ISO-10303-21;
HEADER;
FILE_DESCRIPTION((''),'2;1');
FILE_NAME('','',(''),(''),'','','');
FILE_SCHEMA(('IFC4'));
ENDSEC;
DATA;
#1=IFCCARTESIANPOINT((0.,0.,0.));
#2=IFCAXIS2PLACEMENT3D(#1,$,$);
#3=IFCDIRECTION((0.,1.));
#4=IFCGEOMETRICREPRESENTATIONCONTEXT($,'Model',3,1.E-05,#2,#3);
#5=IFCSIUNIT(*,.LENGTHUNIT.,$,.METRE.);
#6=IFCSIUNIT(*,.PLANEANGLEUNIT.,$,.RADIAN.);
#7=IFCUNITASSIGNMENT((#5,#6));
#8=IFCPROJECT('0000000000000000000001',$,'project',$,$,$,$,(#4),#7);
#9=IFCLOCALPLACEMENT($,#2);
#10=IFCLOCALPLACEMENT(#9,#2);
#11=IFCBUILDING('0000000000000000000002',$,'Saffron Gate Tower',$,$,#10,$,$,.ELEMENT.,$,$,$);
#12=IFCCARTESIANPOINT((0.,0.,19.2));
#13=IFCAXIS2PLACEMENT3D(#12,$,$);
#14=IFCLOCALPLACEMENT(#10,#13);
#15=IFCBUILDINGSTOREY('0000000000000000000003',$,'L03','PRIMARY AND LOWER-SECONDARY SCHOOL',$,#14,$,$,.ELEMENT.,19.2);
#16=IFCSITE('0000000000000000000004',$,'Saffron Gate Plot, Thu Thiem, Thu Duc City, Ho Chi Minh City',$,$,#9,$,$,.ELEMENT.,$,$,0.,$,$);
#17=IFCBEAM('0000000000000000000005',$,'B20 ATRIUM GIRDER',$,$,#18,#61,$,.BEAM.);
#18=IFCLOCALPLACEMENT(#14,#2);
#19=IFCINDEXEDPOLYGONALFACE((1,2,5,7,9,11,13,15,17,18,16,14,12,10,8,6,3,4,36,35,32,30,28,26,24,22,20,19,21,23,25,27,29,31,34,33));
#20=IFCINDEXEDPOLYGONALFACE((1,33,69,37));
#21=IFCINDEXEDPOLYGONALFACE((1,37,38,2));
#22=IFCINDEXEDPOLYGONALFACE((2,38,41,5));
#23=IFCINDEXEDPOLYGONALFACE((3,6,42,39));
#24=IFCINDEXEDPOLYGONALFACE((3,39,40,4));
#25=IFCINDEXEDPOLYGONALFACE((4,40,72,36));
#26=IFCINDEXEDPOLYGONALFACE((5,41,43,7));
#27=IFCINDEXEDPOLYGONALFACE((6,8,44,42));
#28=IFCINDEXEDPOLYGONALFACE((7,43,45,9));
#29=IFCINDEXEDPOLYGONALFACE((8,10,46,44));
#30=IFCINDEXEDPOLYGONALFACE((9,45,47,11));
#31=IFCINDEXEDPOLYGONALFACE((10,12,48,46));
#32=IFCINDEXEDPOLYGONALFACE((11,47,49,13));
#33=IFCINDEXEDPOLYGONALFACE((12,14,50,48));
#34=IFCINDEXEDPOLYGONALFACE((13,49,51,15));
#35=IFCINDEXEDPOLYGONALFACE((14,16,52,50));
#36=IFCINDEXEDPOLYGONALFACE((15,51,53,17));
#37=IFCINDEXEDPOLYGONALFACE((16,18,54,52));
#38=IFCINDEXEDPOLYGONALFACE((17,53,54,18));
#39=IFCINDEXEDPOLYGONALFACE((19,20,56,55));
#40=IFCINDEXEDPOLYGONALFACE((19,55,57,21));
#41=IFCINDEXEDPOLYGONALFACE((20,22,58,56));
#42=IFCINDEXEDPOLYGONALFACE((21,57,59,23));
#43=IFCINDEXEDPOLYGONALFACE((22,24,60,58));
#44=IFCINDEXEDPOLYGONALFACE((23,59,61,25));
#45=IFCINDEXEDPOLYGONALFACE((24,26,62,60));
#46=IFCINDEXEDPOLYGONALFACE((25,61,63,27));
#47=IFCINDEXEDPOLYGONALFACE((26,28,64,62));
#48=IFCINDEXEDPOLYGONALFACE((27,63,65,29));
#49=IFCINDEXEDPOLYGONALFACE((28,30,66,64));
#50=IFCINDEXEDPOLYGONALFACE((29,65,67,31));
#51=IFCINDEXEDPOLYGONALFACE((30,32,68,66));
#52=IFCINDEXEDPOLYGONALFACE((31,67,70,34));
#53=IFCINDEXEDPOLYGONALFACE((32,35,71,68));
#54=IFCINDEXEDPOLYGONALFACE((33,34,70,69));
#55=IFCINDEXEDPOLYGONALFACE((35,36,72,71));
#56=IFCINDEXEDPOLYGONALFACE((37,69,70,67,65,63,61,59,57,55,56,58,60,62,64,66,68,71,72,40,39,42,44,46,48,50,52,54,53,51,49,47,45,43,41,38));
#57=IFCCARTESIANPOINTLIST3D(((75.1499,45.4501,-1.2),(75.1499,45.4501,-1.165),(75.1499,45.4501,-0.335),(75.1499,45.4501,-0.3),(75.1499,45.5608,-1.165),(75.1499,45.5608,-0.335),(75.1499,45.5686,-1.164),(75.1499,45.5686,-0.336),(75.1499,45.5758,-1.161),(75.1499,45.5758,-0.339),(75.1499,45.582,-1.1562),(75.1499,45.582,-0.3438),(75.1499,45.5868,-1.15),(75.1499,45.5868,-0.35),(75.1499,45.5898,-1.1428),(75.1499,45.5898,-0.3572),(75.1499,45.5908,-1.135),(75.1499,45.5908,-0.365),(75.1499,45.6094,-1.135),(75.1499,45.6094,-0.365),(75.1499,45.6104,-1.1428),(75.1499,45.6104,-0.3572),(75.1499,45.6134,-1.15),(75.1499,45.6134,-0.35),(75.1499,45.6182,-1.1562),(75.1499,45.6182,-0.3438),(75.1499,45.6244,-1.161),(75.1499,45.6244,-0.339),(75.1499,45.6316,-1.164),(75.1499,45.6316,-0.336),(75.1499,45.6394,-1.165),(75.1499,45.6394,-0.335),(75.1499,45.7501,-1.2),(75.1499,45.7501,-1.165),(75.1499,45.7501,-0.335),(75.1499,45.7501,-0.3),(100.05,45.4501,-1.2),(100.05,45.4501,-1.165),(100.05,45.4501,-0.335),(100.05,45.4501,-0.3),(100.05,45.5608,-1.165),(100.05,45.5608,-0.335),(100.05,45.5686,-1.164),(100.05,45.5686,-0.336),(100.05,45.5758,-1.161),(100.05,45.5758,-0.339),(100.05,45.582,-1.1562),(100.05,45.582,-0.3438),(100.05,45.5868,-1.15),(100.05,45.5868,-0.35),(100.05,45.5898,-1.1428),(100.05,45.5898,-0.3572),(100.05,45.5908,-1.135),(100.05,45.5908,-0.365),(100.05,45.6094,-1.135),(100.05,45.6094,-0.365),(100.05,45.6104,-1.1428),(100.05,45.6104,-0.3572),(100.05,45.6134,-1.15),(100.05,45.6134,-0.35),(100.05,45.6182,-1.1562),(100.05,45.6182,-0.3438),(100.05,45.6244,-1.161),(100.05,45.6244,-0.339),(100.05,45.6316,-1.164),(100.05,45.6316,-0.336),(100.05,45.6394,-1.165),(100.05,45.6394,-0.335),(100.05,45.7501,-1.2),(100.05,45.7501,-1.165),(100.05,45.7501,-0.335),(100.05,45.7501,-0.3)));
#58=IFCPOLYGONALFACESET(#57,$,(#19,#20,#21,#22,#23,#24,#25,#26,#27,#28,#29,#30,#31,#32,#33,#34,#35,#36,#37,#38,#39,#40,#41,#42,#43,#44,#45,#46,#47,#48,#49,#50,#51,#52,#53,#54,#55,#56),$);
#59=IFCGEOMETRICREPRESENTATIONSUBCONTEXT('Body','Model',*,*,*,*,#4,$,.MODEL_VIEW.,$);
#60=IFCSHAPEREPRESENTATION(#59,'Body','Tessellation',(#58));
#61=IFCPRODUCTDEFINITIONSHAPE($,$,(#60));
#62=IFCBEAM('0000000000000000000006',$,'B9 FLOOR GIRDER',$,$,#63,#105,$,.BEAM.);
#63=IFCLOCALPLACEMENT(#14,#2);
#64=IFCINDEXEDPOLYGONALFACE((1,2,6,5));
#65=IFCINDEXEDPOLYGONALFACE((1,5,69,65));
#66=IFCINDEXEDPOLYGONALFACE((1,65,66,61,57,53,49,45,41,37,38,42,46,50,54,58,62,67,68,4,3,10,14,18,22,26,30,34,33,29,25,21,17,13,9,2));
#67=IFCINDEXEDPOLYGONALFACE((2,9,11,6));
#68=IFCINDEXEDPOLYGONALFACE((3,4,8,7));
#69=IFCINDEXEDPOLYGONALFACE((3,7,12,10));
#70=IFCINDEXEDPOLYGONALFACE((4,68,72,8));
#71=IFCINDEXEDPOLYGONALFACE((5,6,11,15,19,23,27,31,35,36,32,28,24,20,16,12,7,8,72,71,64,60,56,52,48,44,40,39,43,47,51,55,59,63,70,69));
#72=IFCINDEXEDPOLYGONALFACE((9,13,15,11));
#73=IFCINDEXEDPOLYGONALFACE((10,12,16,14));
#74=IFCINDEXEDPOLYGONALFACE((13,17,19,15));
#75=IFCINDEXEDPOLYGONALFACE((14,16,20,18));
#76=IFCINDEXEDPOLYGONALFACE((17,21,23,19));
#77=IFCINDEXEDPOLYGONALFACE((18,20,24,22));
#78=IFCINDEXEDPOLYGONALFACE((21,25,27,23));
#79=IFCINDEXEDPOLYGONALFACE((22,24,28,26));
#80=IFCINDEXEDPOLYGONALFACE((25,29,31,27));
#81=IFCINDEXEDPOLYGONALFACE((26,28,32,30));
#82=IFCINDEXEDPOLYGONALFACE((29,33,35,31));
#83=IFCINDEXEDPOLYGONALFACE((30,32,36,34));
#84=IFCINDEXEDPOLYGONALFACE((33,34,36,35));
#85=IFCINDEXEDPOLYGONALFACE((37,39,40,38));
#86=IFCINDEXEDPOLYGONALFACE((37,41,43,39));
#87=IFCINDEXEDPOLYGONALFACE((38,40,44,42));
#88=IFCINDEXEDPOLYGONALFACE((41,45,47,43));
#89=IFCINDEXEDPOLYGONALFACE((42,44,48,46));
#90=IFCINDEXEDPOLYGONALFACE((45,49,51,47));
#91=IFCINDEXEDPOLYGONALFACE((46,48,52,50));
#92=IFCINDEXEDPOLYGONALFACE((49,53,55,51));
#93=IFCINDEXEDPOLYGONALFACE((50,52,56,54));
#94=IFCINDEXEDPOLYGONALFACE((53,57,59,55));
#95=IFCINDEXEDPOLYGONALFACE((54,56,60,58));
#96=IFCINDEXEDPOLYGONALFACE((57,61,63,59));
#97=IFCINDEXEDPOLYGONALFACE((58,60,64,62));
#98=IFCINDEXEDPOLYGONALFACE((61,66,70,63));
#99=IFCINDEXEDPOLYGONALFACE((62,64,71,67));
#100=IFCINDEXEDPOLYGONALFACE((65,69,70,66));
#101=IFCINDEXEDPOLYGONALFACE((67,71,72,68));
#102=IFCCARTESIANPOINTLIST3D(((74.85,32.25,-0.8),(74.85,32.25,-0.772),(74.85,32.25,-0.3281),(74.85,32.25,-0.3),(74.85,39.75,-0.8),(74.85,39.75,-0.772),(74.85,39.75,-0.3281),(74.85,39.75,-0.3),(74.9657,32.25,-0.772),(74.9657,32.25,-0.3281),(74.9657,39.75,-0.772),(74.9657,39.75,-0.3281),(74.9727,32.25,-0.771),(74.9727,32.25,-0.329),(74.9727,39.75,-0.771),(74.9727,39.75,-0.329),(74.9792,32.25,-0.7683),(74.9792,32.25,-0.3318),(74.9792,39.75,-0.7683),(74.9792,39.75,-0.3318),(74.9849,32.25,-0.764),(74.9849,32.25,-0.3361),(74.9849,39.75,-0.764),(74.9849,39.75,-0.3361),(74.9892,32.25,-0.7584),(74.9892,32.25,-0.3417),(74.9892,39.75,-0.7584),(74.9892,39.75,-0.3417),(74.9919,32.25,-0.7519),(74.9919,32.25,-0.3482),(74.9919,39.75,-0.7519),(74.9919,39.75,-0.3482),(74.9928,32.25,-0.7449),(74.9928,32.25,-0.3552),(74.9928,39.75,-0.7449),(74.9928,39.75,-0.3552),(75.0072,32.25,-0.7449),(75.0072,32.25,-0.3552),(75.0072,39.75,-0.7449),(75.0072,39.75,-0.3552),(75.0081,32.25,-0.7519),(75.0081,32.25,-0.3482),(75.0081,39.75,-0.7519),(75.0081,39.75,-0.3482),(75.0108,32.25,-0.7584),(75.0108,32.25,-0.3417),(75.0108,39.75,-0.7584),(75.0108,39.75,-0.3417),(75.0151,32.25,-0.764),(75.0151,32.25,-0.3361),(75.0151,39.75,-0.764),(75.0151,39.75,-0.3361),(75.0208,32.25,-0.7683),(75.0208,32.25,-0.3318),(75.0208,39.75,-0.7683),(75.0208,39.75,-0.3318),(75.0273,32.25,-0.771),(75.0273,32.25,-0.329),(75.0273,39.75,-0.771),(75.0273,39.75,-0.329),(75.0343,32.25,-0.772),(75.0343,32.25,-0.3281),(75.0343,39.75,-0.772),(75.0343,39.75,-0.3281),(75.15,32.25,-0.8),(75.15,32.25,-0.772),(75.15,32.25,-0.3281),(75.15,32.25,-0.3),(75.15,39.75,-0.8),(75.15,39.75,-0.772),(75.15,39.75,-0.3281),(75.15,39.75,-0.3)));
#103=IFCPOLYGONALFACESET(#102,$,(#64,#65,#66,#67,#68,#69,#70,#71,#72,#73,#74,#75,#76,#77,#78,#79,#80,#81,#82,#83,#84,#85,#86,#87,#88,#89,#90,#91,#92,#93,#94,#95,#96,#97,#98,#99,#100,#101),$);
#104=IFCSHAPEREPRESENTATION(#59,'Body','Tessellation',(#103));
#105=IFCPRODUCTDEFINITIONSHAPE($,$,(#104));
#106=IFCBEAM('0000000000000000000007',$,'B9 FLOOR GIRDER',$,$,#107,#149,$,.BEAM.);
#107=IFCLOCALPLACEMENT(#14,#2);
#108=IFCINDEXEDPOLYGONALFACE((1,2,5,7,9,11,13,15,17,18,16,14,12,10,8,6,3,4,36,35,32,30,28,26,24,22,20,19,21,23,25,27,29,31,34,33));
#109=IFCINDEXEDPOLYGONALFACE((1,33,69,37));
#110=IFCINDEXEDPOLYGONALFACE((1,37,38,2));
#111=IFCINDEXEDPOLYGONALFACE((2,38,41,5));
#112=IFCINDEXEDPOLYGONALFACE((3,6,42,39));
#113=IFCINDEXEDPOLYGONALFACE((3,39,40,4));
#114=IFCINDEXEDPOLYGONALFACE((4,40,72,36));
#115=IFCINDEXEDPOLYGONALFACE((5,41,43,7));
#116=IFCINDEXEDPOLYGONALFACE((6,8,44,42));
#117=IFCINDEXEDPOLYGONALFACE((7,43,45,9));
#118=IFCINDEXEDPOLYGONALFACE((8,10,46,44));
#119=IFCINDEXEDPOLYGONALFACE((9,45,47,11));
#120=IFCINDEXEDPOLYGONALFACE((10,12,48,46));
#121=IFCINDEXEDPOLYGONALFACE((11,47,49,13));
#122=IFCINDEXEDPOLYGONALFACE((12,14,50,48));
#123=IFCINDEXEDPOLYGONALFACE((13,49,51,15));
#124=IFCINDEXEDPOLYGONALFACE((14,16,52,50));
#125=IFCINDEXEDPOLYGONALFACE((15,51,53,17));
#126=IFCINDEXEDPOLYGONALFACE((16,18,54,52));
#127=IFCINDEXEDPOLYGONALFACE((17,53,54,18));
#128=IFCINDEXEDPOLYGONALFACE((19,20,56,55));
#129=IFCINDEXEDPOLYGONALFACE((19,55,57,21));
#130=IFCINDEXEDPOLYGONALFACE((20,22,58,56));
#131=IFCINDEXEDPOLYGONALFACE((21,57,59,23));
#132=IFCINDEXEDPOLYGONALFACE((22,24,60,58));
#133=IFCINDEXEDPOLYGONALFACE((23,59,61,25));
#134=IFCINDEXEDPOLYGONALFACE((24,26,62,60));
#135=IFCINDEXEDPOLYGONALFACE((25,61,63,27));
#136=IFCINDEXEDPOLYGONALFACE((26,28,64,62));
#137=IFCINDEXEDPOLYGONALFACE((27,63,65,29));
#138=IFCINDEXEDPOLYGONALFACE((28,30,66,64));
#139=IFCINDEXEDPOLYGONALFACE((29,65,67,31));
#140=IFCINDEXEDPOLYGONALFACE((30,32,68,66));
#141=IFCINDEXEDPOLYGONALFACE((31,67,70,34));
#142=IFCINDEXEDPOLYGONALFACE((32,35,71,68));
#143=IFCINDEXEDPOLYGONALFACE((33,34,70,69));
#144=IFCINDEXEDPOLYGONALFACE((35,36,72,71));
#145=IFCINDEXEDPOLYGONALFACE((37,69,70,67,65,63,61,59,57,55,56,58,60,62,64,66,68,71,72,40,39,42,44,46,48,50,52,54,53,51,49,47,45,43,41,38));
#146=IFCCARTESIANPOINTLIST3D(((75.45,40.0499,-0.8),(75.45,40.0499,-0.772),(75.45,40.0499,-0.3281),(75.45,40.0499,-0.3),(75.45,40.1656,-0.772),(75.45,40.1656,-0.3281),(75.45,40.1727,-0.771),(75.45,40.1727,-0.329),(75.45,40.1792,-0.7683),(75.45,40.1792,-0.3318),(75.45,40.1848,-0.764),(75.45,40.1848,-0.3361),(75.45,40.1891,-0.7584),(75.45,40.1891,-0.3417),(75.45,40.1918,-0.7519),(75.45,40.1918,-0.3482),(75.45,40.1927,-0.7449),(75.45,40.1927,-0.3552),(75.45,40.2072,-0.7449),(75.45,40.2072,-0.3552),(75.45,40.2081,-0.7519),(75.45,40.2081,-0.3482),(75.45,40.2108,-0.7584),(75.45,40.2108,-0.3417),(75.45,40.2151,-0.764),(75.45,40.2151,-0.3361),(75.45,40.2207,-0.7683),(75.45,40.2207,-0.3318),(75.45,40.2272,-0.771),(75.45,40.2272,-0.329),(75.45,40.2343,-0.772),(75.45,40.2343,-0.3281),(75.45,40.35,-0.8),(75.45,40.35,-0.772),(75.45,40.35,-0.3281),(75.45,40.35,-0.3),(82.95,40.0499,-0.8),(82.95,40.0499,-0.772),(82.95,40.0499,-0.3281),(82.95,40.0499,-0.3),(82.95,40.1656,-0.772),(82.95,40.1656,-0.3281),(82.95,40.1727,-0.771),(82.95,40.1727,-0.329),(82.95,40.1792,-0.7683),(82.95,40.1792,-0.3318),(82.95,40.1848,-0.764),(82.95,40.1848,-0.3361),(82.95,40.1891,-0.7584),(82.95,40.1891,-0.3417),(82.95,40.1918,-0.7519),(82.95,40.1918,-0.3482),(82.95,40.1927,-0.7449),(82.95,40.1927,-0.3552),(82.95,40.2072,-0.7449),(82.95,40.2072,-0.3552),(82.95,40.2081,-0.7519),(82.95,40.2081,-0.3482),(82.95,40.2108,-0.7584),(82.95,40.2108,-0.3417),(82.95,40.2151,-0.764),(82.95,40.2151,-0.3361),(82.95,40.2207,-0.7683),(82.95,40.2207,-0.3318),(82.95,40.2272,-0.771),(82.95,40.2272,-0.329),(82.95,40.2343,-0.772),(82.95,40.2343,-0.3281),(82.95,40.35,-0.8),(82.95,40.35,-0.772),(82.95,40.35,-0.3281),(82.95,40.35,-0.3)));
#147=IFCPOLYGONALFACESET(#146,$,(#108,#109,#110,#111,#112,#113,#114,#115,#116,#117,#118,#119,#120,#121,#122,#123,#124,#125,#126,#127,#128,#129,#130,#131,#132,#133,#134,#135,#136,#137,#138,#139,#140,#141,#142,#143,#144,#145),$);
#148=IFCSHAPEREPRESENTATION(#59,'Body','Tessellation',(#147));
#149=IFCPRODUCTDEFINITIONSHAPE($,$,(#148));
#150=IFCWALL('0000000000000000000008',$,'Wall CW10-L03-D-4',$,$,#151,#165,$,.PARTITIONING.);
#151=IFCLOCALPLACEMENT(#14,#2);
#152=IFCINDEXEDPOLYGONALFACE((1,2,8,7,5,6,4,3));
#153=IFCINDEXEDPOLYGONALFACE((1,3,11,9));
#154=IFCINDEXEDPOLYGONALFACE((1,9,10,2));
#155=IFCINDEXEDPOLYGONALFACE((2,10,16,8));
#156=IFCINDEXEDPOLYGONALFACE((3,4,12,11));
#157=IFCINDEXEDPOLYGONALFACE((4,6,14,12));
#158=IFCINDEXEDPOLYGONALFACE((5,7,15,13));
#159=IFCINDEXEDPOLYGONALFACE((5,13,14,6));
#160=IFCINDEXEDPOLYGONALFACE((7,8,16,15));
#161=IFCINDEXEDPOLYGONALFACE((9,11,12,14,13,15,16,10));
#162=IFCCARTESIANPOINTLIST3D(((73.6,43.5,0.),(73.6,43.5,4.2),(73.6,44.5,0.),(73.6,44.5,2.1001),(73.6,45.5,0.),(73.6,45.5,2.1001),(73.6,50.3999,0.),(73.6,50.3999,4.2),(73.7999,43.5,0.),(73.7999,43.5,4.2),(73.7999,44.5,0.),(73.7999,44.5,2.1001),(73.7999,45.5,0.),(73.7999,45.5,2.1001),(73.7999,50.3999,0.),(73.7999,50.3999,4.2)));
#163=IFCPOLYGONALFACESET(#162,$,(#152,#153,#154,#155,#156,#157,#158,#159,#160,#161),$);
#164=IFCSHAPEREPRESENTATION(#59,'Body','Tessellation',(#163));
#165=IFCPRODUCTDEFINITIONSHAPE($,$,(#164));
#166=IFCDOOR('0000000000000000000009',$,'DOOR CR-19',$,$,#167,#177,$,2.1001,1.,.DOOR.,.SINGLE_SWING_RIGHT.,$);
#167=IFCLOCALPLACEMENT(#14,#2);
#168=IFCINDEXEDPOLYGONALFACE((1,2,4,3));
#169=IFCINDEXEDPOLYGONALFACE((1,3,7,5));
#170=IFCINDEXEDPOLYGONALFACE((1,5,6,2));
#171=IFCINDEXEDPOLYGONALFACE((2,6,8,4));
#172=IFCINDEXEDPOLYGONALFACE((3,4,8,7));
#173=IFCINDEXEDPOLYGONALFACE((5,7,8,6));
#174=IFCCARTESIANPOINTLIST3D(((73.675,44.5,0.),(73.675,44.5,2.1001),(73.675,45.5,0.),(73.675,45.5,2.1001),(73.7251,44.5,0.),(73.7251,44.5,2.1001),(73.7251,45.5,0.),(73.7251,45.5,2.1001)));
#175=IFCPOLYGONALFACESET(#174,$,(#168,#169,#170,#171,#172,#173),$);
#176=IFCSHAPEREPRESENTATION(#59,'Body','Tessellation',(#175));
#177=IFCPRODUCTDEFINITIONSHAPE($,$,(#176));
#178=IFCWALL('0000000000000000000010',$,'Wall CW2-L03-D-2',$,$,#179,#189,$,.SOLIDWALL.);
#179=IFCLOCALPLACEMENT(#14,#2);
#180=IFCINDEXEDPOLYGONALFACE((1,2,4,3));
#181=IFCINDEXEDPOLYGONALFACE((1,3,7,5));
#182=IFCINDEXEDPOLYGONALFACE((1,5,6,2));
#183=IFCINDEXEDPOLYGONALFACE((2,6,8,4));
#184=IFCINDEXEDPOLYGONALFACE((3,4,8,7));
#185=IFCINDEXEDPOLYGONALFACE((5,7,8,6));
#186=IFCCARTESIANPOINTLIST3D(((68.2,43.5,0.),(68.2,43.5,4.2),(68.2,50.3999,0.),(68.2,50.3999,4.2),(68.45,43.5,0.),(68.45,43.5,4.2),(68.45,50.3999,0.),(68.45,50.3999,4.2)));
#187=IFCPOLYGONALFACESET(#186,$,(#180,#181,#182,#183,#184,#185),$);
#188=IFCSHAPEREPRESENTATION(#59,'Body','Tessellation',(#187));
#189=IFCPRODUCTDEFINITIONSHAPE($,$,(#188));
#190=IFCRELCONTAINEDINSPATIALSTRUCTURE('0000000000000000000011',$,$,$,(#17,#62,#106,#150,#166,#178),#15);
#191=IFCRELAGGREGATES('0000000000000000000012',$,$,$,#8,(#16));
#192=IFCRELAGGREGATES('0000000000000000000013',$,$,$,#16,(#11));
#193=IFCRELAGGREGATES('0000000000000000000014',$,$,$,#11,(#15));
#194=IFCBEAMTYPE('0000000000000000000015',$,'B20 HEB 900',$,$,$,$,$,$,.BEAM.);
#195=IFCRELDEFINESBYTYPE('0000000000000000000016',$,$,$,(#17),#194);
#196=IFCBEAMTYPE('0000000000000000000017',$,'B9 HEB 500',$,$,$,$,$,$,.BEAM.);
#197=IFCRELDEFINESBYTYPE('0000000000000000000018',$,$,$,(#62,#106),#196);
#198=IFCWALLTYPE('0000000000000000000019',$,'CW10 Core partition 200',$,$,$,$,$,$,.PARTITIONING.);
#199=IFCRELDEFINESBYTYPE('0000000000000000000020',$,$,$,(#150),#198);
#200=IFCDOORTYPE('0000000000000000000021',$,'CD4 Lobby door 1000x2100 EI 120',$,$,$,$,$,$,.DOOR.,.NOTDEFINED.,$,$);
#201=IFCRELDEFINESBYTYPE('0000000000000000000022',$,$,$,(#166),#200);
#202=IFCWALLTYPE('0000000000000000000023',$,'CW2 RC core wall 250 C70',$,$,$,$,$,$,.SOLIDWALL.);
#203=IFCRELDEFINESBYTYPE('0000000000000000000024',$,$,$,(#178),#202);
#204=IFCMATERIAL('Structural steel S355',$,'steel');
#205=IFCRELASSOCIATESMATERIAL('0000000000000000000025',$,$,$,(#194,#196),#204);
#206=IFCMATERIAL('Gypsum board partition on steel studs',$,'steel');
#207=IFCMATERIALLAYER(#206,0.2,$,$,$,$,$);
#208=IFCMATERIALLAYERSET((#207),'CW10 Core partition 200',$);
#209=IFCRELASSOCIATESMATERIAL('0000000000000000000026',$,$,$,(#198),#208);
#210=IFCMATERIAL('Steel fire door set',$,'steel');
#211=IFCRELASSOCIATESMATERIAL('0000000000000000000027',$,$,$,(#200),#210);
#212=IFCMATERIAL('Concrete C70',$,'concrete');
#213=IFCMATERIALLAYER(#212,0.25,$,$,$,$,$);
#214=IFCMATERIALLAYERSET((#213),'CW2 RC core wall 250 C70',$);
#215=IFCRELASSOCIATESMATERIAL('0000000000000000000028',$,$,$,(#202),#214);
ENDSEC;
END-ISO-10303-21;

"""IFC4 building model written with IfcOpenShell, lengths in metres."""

from ifc_helpers import new_model, si_unit, direction, frame, frame_2d, origin, origin_2d, place, context, subcontext, project, spatial, rectangle, i_section, extrude, material, layer, layer_set, material_profile, profile_set, type_object, element, fill, save


model = new_model("IFC4")

# Units and contexts
model_context = context("Model", 3, precision=1e-05, world=origin(), true_north=direction((0.0, 1.0)))
body_context = subcontext(model_context, "Body", "Model", "MODEL_VIEW")
ifc_project = project(units=[si_unit("LENGTHUNIT", "METRE"), si_unit("PLANEANGLEUNIT", "RADIAN")], contexts=[model_context])

# Site, building, storey
site_placement = place(None, origin())
site = spatial("IfcSite", under=ifc_project, at=site_placement, Name="Saffron Gate Plot, Thu Thiem, Thu Duc City, Ho Chi Minh City", CompositionType="ELEMENT", RefElevation=0.0)
building_placement = place(site_placement, origin())
building = spatial("IfcBuilding", under=site, at=building_placement, Name="Saffron Gate Tower", CompositionType="ELEMENT")
storey_placement = place(building_placement, frame((0.0, 0.0, 19.2)))
storey = spatial("IfcBuildingStorey", under=building, at=storey_placement, Name="L03", Description="PRIMARY AND LOWER-SECONDARY SCHOOL", CompositionType="ELEMENT", Elevation=19.2)

# Beams
ifc_material_1 = material(Name="Structural steel S355", Category="steel")
ifc_material_profile_1 = material_profile(ifc_material_1, i_section(OverallWidth=0.3, OverallDepth=0.8999, WebThickness=0.0186, FlangeThickness=0.0349, FilletRadius=0.03, at=origin_2d()))
ifc_profile_set_1 = profile_set([ifc_material_profile_1], Name="Structural steel S355")
beam_type_1 = type_object("IfcBeamType", Name="B20 HEB 900", PredefinedType="BEAM", material=ifc_profile_set_1)
beam_1_placement = place(storey_placement, frame((75.1499, 45.6001, -0.75), z_axis=(1.0, 0.0, 0.0), x_axis=(0.0, 1.0, 0.0)))
element("IfcBeam", 1, at=beam_1_placement, inside=storey, type_object=beam_type_1, Name="B20 ATRIUM GIRDER", PredefinedType="BEAM", context=body_context, shape_type="SweptSolid", body=[
    extrude(i_section(OverallWidth=0.3, OverallDepth=0.8999, WebThickness=0.0186, FlangeThickness=0.0349, FilletRadius=0.03, at=origin_2d()), origin(), (0.0, 0.0, 1.0), 24.9001),
])
ifc_material_profile_2 = material_profile(ifc_material_1, i_section(OverallWidth=0.3, OverallDepth=0.5, WebThickness=0.0144, FlangeThickness=0.0281, FilletRadius=0.0271, at=origin_2d()))
ifc_profile_set_2 = profile_set([ifc_material_profile_2], Name="Structural steel S355")
beam_type_2 = type_object("IfcBeamType", Name="B9 HEB 500", PredefinedType="BEAM", material=ifc_profile_set_2)
for number, where, z_axis, x_axis, name in (
    (2, (75.0, 32.25, -0.55), (0.0, 1.0, 0.0), (-1.0, 0.0, 0.0), "B9 FLOOR GIRDER"),
    (3, (75.45, 40.2, -0.55), (1.0, 0.0, 0.0), (0.0, 1.0, 0.0), "B9 FLOOR GIRDER"),
):
    element("IfcBeam", number, at=place(storey_placement, frame(where, z_axis=z_axis, x_axis=x_axis)), inside=storey, type_object=beam_type_2, Name=name, PredefinedType="BEAM", context=body_context, shape_type="SweptSolid", body=[
        extrude(i_section(OverallWidth=0.3, OverallDepth=0.5, WebThickness=0.0144, FlangeThickness=0.0281, FilletRadius=0.0271, at=origin_2d()), origin(), (0.0, 0.0, 1.0), 7.5),
    ])

# Wall, opening, door
ifc_material_2 = material(Name="Gypsum board partition on steel studs", Category="steel")
ifc_layer_1 = layer(ifc_material_2, 0.2)
ifc_layer_set_1 = layer_set([ifc_layer_1], Name="CW10 Core partition 200")
wall_type_1 = type_object("IfcWallType", Name="CW10 Core partition 200", PredefinedType="PARTITIONING", material=ifc_layer_set_1)
wall_1_placement = place(storey_placement, frame((73.7, 43.5, 0.0), z_axis=(0.0, 0.0, 1.0), x_axis=(0.0, 1.0, 0.0)))
wall_1 = element("IfcWall", 4, at=wall_1_placement, inside=storey, type_object=wall_type_1, Name="Wall CW10-L03-D-4", PredefinedType="PARTITIONING", context=body_context, shape_type="SweptSolid", body=[
    extrude(rectangle(XDim=6.8999, YDim=0.2, at=frame_2d((3.45, 0.0))), origin(), (0.0, 0.0, 1.0), 4.2),
])
opening_1_placement = place(wall_1_placement, frame((1.0, 0.0, 0.0)))
opening_1 = element("IfcOpeningElement", 5, at=opening_1_placement, cuts=wall_1, PredefinedType="OPENING", context=body_context, shape_type="SweptSolid", body=[
    extrude(rectangle(XDim=1.0, YDim=2.1001, at=frame_2d((0.5, 1.05))), frame((0.0, 0.1099, 0.0), z_axis=(0.0, -1.0, 0.0), x_axis=(1.0, 0.0, 0.0)), (0.0, 0.0, 1.0), 0.22),
])
ifc_material_3 = material(Name="Steel fire door set", Category="steel")
door_type_1 = type_object("IfcDoorType", Name="CD4 Lobby door 1000x2100 EI 120", OperationType="NOTDEFINED", PredefinedType="DOOR", material=ifc_material_3)
door_1_placement = place(opening_1_placement, origin())
door_1 = element("IfcDoor", 6, at=door_1_placement, inside=storey, type_object=door_type_1, Name="DOOR CR-19", OperationType="SINGLE_SWING_RIGHT", OverallHeight=2.1001, OverallWidth=1.0, PredefinedType="DOOR", context=body_context, shape_type="SweptSolid", body=[
    extrude(rectangle(XDim=1.0, YDim=2.1001, at=frame_2d((0.5, 1.05))), frame((0.0, 0.0249, 0.0), z_axis=(0.0, -1.0, 0.0), x_axis=(1.0, 0.0, 0.0)), (0.0, 0.0, 1.0), 0.05),
])
fill(opening_1, door_1)

# Wall
ifc_material_4 = material(Name="Concrete C70", Category="concrete")
ifc_layer_2 = layer(ifc_material_4, 0.25)
ifc_layer_set_2 = layer_set([ifc_layer_2], Name="CW2 RC core wall 250 C70")
wall_type_2 = type_object("IfcWallType", Name="CW2 RC core wall 250 C70", PredefinedType="SOLIDWALL", material=ifc_layer_set_2)
wall_2_placement = place(storey_placement, frame((68.325, 43.5, 0.0), z_axis=(0.0, 0.0, 1.0), x_axis=(0.0, 1.0, 0.0)))
element("IfcWall", 7, at=wall_2_placement, inside=storey, type_object=wall_type_2, Name="Wall CW2-L03-D-2", PredefinedType="SOLIDWALL", context=body_context, shape_type="SweptSolid", body=[
    extrude(rectangle(XDim=6.8999, YDim=0.25, at=frame_2d((3.45, 0.0))), origin(), (0.0, 0.0, 1.0), 4.2),
])

save(model, "model.ifc")
